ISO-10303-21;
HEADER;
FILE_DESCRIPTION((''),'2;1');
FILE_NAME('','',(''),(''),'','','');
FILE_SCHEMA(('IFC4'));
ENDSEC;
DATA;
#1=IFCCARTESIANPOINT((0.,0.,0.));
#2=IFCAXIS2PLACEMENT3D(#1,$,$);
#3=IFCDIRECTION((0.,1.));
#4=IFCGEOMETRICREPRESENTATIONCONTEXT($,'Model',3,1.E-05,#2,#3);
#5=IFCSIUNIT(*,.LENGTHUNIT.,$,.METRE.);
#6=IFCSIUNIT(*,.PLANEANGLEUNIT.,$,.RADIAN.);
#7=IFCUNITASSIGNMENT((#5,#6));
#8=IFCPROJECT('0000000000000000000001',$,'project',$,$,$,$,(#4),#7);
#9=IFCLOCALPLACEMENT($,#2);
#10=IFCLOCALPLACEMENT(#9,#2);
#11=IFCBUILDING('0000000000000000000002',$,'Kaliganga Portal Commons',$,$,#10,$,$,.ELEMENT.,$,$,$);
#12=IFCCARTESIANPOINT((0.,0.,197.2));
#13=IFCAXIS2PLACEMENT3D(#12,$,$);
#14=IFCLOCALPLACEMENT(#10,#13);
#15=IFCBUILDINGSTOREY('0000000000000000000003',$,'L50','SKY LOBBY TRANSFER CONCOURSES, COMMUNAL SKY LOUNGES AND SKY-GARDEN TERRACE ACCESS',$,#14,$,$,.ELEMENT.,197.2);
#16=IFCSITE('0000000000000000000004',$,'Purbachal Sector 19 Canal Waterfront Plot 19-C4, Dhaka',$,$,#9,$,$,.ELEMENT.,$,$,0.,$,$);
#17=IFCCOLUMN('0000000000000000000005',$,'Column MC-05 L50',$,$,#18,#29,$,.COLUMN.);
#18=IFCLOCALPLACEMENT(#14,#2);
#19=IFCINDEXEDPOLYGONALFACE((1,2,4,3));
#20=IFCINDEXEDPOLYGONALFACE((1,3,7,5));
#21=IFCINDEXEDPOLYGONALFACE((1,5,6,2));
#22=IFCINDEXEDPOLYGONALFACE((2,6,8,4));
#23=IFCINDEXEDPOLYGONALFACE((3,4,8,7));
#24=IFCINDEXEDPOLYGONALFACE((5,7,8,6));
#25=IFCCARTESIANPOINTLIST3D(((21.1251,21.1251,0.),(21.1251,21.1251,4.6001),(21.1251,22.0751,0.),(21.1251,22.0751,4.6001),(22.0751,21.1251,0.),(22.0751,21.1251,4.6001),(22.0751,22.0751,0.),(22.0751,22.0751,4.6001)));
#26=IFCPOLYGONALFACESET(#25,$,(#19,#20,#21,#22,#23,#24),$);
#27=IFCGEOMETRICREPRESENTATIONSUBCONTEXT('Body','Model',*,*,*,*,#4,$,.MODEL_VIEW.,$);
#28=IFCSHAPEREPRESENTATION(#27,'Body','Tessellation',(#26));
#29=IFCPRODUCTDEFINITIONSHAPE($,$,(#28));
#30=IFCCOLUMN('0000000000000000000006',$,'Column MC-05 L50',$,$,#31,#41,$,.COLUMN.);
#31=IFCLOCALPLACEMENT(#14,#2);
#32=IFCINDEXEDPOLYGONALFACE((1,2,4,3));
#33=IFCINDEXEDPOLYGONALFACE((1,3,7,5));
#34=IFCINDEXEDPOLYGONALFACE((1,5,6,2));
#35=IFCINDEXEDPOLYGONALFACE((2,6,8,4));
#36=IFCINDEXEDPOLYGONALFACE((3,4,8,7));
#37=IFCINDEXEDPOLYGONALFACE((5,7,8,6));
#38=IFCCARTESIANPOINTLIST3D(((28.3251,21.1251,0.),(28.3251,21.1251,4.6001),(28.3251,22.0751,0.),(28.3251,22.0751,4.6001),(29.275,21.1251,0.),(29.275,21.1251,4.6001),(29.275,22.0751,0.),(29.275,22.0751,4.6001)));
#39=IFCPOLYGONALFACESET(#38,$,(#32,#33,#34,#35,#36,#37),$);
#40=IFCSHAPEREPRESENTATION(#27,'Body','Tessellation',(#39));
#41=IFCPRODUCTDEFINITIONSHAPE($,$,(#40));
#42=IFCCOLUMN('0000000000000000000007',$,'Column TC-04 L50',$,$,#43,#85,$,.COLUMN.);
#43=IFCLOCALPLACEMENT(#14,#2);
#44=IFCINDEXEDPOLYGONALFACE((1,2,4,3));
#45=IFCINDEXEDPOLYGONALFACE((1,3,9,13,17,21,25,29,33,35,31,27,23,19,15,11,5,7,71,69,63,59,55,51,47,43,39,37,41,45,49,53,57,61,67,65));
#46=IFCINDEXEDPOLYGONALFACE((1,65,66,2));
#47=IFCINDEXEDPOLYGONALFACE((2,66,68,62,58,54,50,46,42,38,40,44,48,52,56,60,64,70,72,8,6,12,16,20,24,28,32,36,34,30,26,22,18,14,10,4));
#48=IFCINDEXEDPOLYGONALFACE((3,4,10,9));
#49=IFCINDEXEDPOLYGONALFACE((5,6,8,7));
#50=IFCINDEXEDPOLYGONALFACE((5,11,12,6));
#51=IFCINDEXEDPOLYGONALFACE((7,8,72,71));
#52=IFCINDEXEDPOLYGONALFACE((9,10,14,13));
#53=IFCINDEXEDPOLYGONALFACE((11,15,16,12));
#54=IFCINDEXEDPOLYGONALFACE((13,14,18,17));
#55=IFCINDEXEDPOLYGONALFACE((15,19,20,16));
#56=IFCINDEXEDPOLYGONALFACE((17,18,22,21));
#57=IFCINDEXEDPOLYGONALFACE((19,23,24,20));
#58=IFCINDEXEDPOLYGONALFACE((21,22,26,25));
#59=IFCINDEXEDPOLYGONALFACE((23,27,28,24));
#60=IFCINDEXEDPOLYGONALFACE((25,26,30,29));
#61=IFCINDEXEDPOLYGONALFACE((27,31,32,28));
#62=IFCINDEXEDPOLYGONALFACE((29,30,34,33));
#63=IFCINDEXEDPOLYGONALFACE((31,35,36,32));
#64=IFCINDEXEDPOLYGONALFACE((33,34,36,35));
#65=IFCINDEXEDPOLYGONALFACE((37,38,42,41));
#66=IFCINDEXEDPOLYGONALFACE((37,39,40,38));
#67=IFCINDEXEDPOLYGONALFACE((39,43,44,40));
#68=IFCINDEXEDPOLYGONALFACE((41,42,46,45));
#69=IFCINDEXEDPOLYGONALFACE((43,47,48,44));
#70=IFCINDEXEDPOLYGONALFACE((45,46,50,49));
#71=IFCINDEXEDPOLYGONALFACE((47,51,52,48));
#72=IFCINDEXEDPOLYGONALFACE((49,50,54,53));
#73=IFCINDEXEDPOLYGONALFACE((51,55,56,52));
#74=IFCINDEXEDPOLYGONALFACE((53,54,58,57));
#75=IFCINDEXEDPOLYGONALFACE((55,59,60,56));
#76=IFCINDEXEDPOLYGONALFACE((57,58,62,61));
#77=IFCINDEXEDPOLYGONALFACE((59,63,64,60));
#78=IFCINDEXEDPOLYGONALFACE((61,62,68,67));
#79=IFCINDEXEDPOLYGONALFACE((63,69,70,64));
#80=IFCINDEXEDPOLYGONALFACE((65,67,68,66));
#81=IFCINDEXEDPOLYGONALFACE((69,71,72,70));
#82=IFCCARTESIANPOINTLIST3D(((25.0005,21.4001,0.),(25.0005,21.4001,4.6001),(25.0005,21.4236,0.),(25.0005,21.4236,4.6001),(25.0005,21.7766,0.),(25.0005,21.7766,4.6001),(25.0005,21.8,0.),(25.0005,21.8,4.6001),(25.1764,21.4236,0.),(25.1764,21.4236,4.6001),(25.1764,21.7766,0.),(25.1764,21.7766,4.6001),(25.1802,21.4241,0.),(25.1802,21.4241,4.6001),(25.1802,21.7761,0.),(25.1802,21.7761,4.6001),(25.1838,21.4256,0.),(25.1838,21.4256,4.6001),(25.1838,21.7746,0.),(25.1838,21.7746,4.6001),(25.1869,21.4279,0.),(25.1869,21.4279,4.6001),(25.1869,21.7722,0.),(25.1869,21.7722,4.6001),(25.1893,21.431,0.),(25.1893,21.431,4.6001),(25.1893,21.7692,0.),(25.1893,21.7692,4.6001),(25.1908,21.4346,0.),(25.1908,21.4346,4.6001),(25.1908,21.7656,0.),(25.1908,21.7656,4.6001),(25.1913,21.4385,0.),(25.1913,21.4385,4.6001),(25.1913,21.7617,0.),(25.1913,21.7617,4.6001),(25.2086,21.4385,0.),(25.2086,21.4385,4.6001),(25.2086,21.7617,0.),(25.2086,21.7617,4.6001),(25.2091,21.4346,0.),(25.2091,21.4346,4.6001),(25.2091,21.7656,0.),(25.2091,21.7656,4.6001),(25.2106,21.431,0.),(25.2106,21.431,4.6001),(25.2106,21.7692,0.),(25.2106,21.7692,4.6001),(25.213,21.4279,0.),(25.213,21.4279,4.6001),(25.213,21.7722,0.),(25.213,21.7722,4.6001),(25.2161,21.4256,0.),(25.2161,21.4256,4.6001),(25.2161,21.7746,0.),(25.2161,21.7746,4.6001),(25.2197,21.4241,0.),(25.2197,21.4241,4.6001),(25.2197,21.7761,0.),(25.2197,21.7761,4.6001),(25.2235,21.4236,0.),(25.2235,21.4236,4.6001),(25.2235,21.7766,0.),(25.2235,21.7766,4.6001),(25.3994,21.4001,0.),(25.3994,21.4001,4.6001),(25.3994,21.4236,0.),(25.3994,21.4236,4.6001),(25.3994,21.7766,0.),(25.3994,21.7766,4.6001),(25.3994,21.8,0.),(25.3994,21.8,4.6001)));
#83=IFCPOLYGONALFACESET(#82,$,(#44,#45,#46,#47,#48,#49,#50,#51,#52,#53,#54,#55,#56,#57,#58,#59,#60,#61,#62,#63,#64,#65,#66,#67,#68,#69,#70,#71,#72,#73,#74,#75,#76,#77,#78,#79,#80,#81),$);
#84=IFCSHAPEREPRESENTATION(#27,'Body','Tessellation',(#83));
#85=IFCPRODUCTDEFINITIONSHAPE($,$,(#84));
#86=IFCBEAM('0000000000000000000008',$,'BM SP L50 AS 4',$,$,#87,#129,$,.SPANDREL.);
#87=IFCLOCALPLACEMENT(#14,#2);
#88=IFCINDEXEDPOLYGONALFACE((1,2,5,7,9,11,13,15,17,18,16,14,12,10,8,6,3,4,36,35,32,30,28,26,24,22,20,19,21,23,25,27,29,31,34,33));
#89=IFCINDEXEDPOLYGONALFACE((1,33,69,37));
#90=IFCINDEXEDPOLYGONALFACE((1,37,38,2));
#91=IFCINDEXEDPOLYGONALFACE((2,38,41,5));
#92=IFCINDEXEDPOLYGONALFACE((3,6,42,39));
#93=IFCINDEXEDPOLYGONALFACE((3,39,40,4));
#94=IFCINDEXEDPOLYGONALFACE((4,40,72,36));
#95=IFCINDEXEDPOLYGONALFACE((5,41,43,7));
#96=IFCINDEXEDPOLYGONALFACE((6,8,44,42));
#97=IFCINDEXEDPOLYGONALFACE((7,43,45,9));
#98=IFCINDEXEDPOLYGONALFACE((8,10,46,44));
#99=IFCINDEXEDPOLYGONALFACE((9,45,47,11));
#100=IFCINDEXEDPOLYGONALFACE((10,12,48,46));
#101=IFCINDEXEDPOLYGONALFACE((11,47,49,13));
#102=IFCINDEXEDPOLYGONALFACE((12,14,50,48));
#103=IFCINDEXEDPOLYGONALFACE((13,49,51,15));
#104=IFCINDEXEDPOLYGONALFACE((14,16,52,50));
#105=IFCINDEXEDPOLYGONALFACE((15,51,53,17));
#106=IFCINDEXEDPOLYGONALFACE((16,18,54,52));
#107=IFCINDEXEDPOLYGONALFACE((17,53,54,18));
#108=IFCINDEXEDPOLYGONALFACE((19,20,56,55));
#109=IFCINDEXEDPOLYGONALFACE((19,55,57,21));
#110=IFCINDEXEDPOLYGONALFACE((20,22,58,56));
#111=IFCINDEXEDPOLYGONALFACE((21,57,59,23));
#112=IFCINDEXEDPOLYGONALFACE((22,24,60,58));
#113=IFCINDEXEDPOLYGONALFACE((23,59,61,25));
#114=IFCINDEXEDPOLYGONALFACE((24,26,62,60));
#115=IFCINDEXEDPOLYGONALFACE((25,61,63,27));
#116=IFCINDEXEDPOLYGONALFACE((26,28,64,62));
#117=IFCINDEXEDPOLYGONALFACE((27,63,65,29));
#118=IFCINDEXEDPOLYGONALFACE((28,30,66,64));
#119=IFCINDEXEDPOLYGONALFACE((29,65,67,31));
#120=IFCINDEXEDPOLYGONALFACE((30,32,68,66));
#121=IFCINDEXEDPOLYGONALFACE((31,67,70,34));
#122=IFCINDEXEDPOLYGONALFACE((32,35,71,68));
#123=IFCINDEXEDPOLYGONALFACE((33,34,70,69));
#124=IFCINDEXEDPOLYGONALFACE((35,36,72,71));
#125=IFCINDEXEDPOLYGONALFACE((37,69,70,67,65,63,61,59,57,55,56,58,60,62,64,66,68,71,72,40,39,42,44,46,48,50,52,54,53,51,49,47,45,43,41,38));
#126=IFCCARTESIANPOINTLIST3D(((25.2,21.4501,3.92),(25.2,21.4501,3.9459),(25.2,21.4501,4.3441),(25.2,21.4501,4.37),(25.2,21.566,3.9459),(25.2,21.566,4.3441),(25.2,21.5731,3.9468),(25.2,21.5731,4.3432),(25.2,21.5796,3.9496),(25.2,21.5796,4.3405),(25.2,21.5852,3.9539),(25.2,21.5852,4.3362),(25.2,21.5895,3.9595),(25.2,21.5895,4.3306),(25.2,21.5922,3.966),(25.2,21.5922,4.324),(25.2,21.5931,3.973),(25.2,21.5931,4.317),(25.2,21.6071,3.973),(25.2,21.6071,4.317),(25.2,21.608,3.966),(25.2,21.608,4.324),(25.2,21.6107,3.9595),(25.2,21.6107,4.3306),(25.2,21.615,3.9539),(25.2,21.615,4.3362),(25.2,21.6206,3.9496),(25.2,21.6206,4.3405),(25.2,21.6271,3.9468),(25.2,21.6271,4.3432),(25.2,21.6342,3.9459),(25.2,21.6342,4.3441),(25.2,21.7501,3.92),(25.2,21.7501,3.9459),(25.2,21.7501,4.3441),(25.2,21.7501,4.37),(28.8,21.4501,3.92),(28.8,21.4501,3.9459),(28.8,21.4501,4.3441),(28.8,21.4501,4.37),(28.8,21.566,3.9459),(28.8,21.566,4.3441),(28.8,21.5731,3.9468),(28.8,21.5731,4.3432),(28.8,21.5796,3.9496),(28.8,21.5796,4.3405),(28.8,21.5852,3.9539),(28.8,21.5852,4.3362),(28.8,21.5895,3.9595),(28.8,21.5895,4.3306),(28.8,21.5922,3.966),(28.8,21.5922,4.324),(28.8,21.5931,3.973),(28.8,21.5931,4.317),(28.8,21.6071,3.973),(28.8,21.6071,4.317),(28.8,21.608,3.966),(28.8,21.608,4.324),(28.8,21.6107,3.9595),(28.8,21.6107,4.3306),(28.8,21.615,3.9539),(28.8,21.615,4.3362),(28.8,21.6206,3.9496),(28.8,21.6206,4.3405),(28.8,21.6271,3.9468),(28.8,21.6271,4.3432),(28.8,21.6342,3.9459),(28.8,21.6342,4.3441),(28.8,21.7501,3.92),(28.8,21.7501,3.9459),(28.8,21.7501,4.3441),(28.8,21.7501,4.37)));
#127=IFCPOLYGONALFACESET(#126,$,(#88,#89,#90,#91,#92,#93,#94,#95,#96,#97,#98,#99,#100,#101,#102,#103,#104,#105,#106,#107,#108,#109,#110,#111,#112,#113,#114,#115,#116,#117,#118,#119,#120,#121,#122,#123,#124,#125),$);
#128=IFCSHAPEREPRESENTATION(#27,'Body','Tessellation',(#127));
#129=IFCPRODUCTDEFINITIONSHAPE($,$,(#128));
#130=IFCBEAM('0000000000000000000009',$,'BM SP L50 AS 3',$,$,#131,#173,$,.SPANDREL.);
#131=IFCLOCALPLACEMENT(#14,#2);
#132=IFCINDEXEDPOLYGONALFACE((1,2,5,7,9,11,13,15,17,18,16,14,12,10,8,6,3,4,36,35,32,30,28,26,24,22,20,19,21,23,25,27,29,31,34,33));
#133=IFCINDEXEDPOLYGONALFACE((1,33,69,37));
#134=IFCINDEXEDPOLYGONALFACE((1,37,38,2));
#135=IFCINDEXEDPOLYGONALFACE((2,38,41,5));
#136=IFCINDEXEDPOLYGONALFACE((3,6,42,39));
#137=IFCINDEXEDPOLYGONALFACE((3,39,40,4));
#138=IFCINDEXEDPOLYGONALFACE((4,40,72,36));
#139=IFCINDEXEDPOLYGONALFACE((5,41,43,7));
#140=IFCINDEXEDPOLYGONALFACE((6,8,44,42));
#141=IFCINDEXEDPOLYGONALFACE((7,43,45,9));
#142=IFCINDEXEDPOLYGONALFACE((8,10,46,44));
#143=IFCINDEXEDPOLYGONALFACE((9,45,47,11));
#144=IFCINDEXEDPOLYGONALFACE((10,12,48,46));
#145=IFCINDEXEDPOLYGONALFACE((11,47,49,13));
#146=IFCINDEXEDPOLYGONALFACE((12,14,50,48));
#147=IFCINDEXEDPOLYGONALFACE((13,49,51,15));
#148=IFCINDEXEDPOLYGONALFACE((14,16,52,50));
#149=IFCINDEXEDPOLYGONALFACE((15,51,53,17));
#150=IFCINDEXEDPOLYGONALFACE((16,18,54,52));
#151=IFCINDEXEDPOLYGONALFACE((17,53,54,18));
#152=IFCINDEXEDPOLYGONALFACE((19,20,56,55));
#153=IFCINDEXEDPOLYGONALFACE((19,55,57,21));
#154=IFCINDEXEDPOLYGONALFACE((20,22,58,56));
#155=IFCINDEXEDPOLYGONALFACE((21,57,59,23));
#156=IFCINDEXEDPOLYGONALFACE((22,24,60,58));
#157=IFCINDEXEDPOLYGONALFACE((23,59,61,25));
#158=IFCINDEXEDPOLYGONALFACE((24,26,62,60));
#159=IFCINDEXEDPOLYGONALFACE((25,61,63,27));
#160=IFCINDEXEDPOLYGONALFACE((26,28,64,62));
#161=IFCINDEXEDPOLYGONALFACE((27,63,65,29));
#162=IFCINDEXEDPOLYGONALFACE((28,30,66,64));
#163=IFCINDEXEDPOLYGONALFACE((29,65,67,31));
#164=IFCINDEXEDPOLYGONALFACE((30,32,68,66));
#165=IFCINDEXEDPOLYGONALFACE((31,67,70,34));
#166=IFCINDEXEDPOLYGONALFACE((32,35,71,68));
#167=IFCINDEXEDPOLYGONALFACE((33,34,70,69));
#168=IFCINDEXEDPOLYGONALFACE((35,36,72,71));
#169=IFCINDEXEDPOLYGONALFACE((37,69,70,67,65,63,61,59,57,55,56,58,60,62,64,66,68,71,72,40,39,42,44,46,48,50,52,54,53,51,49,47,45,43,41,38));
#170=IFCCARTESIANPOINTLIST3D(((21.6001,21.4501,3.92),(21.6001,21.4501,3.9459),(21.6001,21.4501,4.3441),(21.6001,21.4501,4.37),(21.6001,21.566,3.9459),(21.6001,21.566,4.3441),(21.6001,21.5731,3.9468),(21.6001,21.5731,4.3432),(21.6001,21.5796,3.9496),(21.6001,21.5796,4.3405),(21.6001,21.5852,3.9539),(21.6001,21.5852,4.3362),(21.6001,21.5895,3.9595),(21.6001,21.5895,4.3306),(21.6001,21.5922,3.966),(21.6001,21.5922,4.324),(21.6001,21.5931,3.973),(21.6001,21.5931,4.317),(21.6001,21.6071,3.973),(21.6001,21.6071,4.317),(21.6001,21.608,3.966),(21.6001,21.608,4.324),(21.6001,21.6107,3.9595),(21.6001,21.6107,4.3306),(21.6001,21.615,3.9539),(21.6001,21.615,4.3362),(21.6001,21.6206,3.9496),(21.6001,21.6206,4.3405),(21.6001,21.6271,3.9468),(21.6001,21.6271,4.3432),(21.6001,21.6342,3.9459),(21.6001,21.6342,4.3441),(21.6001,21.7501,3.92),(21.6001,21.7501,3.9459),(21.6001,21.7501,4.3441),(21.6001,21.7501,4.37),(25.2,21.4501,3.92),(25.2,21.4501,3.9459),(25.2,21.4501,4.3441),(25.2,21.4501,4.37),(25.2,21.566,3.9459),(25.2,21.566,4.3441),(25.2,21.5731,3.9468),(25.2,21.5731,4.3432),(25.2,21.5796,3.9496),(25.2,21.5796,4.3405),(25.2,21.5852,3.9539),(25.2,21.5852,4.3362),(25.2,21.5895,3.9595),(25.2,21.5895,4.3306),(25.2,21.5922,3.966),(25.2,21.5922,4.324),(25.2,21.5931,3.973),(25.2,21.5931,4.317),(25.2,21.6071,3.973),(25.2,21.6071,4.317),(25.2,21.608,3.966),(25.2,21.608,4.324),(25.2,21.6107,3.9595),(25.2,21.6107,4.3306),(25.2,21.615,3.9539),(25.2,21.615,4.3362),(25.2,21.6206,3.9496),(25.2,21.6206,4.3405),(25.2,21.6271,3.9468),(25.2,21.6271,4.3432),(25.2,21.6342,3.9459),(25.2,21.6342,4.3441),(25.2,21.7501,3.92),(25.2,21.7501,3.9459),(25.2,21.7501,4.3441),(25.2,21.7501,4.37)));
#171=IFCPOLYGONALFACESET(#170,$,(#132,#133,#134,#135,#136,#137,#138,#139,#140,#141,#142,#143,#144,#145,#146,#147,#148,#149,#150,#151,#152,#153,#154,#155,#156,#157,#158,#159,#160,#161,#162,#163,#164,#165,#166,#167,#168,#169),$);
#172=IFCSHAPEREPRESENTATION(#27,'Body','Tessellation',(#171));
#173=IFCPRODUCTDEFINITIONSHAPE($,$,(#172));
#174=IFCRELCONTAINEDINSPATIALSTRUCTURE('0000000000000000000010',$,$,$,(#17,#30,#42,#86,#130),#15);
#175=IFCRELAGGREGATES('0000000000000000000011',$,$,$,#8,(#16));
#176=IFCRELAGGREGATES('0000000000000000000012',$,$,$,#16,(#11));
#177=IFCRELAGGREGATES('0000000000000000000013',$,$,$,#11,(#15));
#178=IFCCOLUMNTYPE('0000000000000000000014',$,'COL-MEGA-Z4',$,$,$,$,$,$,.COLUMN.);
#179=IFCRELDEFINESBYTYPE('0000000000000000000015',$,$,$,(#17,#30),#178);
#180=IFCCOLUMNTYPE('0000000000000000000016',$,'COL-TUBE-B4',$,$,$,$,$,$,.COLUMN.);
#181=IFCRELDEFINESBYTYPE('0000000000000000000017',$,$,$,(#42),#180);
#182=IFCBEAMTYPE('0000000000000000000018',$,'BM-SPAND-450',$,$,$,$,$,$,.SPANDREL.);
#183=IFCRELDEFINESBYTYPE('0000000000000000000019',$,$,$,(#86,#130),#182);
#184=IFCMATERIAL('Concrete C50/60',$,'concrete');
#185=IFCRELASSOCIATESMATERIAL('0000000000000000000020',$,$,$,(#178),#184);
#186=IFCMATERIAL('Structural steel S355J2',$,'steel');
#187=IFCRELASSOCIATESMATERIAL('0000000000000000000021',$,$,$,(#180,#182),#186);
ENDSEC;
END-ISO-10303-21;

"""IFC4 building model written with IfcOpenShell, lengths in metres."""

from ifc_helpers import new_model, si_unit, direction, frame, origin, origin_2d, place, context, subcontext, project, spatial, rectangle, i_section, extrude, source, transform, mapped, material, material_profile, profile_set, type_object, element, save


model = new_model("IFC4")

# Units and contexts
model_context = context("Model", 3, precision=1e-05, world=origin(), true_north=direction((0.0, 1.0)))
body_context = subcontext(model_context, "Body", "Model", "MODEL_VIEW")
ifc_project = project(units=[si_unit("LENGTHUNIT", "METRE"), si_unit("PLANEANGLEUNIT", "RADIAN")], contexts=[model_context])

# Site, building, storey
site_placement = place(None, origin())
site = spatial("IfcSite", under=ifc_project, at=site_placement, Name="Purbachal Sector 19 Canal Waterfront Plot 19-C4, Dhaka", CompositionType="ELEMENT", RefElevation=0.0)
building_placement = place(site_placement, origin())
building = spatial("IfcBuilding", under=site, at=building_placement, Name="Kaliganga Portal Commons", CompositionType="ELEMENT")
storey_placement = place(building_placement, frame((0.0, 0.0, 197.2)))
storey = spatial("IfcBuildingStorey", under=building, at=storey_placement, Name="L50", Description="SKY LOBBY TRANSFER CONCOURSES, COMMUNAL SKY LOUNGES AND SKY-GARDEN TERRACE ACCESS", CompositionType="ELEMENT", Elevation=197.2)

# Columns
ifc_material_1 = material(Name="Concrete C50/60", Category="concrete")
ifc_material_profile_1 = material_profile(ifc_material_1, rectangle(XDim=0.95, YDim=0.95, at=origin_2d()), Name="RC 950x950")
ifc_profile_set_1 = profile_set([ifc_material_profile_1], Name="Concrete C50/60")
column_type_1 = type_object("IfcColumnType", Name="COL-MEGA-Z4", PredefinedType="COLUMN", material=ifc_profile_set_1)
shared_shape_1 = source(origin(), body_context, "Body", "SweptSolid", [
    extrude(rectangle(XDim=0.95, YDim=0.95, at=origin_2d()), origin(), (0.0, 0.0, 1.0), 4.6001),
])
for number, where, z_axis, x_axis, name in (
    (1, (21.6001, 21.6001, 0.0), (0.0, 0.0, 1.0), (1.0, 0.0, 0.0), "Column MC-05 L50"),
    (2, (28.8, 21.6001, 0.0), (0.0, 0.0, 1.0), (1.0, 0.0, 0.0), "Column MC-05 L50"),
):
    element("IfcColumn", number, at=place(storey_placement, frame(where, z_axis=z_axis, x_axis=x_axis)), inside=storey, type_object=column_type_1, Name=name, PredefinedType="COLUMN", context=body_context, shape_type="MappedRepresentation", body=[
        mapped(shared_shape_1, transform((0.0, 0.0, 0.0), x_axis=(1.0, 0.0, 0.0), y_axis=(0.0, 1.0, 0.0), z_axis=(0.0, 0.0, 1.0), scale=1.0)),
    ])
ifc_material_2 = material(Name="Structural steel S355J2", Category="steel")
ifc_material_profile_2 = material_profile(ifc_material_2, i_section(OverallWidth=0.3989, OverallDepth=0.3999, WebThickness=0.0173, FlangeThickness=0.0234, FilletRadius=0.0149, at=origin_2d()), Name="HD 400x287")
ifc_profile_set_2 = profile_set([ifc_material_profile_2], Name="Structural steel S355J2 wide-flange")
column_type_2 = type_object("IfcColumnType", Name="COL-TUBE-B4", PredefinedType="COLUMN", material=ifc_profile_set_2)
shared_shape_2 = source(origin(), body_context, "Body", "SweptSolid", [
    extrude(i_section(OverallWidth=0.3989, OverallDepth=0.3999, WebThickness=0.0173, FlangeThickness=0.0234, FilletRadius=0.0149, at=origin_2d()), origin(), (0.0, 0.0, 1.0), 4.6001),
])
column_placement = place(storey_placement, frame((25.2, 21.6001, 0.0), z_axis=(0.0, 0.0, 1.0), x_axis=(1.0, 0.0, 0.0)))
element("IfcColumn", 3, at=column_placement, inside=storey, type_object=column_type_2, Name="Column TC-04 L50", PredefinedType="COLUMN", context=body_context, shape_type="MappedRepresentation", body=[
    mapped(shared_shape_2, transform((0.0, 0.0, 0.0), x_axis=(1.0, 0.0, 0.0), y_axis=(0.0, 1.0, 0.0), z_axis=(0.0, 0.0, 1.0), scale=1.0)),
])

# Beams
ifc_material_profile_3 = material_profile(ifc_material_2, i_section(OverallWidth=0.3, OverallDepth=0.45, WebThickness=0.0139, FlangeThickness=0.0259, FilletRadius=0.0271, at=origin_2d()), Name="HE 450 B")
ifc_profile_set_3 = profile_set([ifc_material_profile_3], Name="Structural steel S355J2 wide-flange")
beam_type_1 = type_object("IfcBeamType", Name="BM-SPAND-450", PredefinedType="SPANDREL", material=ifc_profile_set_3)
shared_shape_3 = source(origin(), body_context, "Body", "SweptSolid", [
    extrude(i_section(OverallWidth=0.3, OverallDepth=0.45, WebThickness=0.0139, FlangeThickness=0.0259, FilletRadius=0.0271, at=origin_2d()), origin(), (0.0, 0.0, 1.0), 3.6001),
])
beam_1_placement = place(storey_placement, frame((25.2, 21.6001, 4.145), z_axis=(1.0, 0.0, 0.0), x_axis=(0.0, 1.0, 0.0)))
element("IfcBeam", 4, at=beam_1_placement, inside=storey, type_object=beam_type_1, Name="BM SP L50 AS 4", PredefinedType="SPANDREL", context=body_context, shape_type="MappedRepresentation", body=[
    mapped(shared_shape_3, transform((0.0, 0.0, 0.0), x_axis=(1.0, 0.0, 0.0), y_axis=(0.0, 1.0, 0.0), z_axis=(0.0, 0.0, 1.0), scale=1.0)),
])
shared_shape_4 = source(origin(), body_context, "Body", "SweptSolid", [
    extrude(i_section(OverallWidth=0.3, OverallDepth=0.45, WebThickness=0.0139, FlangeThickness=0.0259, FilletRadius=0.0271, at=origin_2d()), origin(), (0.0, 0.0, 1.0), 3.5999),
])
for number, where, z_axis, x_axis, name in (
    (5, (21.6001, 21.6001, 4.145), (1.0, 0.0, 0.0), (0.0, 1.0, 0.0), "BM SP L50 AS 3"),
):
    element("IfcBeam", number, at=place(storey_placement, frame(where, z_axis=z_axis, x_axis=x_axis)), inside=storey, type_object=beam_type_1, Name=name, PredefinedType="SPANDREL", context=body_context, shape_type="MappedRepresentation", body=[
        mapped(shared_shape_4, transform((0.0, 0.0, 0.0), x_axis=(1.0, 0.0, 0.0), y_axis=(0.0, 1.0, 0.0), z_axis=(0.0, 0.0, 1.0), scale=1.0)),
    ])

save(model, "model.ifc")
